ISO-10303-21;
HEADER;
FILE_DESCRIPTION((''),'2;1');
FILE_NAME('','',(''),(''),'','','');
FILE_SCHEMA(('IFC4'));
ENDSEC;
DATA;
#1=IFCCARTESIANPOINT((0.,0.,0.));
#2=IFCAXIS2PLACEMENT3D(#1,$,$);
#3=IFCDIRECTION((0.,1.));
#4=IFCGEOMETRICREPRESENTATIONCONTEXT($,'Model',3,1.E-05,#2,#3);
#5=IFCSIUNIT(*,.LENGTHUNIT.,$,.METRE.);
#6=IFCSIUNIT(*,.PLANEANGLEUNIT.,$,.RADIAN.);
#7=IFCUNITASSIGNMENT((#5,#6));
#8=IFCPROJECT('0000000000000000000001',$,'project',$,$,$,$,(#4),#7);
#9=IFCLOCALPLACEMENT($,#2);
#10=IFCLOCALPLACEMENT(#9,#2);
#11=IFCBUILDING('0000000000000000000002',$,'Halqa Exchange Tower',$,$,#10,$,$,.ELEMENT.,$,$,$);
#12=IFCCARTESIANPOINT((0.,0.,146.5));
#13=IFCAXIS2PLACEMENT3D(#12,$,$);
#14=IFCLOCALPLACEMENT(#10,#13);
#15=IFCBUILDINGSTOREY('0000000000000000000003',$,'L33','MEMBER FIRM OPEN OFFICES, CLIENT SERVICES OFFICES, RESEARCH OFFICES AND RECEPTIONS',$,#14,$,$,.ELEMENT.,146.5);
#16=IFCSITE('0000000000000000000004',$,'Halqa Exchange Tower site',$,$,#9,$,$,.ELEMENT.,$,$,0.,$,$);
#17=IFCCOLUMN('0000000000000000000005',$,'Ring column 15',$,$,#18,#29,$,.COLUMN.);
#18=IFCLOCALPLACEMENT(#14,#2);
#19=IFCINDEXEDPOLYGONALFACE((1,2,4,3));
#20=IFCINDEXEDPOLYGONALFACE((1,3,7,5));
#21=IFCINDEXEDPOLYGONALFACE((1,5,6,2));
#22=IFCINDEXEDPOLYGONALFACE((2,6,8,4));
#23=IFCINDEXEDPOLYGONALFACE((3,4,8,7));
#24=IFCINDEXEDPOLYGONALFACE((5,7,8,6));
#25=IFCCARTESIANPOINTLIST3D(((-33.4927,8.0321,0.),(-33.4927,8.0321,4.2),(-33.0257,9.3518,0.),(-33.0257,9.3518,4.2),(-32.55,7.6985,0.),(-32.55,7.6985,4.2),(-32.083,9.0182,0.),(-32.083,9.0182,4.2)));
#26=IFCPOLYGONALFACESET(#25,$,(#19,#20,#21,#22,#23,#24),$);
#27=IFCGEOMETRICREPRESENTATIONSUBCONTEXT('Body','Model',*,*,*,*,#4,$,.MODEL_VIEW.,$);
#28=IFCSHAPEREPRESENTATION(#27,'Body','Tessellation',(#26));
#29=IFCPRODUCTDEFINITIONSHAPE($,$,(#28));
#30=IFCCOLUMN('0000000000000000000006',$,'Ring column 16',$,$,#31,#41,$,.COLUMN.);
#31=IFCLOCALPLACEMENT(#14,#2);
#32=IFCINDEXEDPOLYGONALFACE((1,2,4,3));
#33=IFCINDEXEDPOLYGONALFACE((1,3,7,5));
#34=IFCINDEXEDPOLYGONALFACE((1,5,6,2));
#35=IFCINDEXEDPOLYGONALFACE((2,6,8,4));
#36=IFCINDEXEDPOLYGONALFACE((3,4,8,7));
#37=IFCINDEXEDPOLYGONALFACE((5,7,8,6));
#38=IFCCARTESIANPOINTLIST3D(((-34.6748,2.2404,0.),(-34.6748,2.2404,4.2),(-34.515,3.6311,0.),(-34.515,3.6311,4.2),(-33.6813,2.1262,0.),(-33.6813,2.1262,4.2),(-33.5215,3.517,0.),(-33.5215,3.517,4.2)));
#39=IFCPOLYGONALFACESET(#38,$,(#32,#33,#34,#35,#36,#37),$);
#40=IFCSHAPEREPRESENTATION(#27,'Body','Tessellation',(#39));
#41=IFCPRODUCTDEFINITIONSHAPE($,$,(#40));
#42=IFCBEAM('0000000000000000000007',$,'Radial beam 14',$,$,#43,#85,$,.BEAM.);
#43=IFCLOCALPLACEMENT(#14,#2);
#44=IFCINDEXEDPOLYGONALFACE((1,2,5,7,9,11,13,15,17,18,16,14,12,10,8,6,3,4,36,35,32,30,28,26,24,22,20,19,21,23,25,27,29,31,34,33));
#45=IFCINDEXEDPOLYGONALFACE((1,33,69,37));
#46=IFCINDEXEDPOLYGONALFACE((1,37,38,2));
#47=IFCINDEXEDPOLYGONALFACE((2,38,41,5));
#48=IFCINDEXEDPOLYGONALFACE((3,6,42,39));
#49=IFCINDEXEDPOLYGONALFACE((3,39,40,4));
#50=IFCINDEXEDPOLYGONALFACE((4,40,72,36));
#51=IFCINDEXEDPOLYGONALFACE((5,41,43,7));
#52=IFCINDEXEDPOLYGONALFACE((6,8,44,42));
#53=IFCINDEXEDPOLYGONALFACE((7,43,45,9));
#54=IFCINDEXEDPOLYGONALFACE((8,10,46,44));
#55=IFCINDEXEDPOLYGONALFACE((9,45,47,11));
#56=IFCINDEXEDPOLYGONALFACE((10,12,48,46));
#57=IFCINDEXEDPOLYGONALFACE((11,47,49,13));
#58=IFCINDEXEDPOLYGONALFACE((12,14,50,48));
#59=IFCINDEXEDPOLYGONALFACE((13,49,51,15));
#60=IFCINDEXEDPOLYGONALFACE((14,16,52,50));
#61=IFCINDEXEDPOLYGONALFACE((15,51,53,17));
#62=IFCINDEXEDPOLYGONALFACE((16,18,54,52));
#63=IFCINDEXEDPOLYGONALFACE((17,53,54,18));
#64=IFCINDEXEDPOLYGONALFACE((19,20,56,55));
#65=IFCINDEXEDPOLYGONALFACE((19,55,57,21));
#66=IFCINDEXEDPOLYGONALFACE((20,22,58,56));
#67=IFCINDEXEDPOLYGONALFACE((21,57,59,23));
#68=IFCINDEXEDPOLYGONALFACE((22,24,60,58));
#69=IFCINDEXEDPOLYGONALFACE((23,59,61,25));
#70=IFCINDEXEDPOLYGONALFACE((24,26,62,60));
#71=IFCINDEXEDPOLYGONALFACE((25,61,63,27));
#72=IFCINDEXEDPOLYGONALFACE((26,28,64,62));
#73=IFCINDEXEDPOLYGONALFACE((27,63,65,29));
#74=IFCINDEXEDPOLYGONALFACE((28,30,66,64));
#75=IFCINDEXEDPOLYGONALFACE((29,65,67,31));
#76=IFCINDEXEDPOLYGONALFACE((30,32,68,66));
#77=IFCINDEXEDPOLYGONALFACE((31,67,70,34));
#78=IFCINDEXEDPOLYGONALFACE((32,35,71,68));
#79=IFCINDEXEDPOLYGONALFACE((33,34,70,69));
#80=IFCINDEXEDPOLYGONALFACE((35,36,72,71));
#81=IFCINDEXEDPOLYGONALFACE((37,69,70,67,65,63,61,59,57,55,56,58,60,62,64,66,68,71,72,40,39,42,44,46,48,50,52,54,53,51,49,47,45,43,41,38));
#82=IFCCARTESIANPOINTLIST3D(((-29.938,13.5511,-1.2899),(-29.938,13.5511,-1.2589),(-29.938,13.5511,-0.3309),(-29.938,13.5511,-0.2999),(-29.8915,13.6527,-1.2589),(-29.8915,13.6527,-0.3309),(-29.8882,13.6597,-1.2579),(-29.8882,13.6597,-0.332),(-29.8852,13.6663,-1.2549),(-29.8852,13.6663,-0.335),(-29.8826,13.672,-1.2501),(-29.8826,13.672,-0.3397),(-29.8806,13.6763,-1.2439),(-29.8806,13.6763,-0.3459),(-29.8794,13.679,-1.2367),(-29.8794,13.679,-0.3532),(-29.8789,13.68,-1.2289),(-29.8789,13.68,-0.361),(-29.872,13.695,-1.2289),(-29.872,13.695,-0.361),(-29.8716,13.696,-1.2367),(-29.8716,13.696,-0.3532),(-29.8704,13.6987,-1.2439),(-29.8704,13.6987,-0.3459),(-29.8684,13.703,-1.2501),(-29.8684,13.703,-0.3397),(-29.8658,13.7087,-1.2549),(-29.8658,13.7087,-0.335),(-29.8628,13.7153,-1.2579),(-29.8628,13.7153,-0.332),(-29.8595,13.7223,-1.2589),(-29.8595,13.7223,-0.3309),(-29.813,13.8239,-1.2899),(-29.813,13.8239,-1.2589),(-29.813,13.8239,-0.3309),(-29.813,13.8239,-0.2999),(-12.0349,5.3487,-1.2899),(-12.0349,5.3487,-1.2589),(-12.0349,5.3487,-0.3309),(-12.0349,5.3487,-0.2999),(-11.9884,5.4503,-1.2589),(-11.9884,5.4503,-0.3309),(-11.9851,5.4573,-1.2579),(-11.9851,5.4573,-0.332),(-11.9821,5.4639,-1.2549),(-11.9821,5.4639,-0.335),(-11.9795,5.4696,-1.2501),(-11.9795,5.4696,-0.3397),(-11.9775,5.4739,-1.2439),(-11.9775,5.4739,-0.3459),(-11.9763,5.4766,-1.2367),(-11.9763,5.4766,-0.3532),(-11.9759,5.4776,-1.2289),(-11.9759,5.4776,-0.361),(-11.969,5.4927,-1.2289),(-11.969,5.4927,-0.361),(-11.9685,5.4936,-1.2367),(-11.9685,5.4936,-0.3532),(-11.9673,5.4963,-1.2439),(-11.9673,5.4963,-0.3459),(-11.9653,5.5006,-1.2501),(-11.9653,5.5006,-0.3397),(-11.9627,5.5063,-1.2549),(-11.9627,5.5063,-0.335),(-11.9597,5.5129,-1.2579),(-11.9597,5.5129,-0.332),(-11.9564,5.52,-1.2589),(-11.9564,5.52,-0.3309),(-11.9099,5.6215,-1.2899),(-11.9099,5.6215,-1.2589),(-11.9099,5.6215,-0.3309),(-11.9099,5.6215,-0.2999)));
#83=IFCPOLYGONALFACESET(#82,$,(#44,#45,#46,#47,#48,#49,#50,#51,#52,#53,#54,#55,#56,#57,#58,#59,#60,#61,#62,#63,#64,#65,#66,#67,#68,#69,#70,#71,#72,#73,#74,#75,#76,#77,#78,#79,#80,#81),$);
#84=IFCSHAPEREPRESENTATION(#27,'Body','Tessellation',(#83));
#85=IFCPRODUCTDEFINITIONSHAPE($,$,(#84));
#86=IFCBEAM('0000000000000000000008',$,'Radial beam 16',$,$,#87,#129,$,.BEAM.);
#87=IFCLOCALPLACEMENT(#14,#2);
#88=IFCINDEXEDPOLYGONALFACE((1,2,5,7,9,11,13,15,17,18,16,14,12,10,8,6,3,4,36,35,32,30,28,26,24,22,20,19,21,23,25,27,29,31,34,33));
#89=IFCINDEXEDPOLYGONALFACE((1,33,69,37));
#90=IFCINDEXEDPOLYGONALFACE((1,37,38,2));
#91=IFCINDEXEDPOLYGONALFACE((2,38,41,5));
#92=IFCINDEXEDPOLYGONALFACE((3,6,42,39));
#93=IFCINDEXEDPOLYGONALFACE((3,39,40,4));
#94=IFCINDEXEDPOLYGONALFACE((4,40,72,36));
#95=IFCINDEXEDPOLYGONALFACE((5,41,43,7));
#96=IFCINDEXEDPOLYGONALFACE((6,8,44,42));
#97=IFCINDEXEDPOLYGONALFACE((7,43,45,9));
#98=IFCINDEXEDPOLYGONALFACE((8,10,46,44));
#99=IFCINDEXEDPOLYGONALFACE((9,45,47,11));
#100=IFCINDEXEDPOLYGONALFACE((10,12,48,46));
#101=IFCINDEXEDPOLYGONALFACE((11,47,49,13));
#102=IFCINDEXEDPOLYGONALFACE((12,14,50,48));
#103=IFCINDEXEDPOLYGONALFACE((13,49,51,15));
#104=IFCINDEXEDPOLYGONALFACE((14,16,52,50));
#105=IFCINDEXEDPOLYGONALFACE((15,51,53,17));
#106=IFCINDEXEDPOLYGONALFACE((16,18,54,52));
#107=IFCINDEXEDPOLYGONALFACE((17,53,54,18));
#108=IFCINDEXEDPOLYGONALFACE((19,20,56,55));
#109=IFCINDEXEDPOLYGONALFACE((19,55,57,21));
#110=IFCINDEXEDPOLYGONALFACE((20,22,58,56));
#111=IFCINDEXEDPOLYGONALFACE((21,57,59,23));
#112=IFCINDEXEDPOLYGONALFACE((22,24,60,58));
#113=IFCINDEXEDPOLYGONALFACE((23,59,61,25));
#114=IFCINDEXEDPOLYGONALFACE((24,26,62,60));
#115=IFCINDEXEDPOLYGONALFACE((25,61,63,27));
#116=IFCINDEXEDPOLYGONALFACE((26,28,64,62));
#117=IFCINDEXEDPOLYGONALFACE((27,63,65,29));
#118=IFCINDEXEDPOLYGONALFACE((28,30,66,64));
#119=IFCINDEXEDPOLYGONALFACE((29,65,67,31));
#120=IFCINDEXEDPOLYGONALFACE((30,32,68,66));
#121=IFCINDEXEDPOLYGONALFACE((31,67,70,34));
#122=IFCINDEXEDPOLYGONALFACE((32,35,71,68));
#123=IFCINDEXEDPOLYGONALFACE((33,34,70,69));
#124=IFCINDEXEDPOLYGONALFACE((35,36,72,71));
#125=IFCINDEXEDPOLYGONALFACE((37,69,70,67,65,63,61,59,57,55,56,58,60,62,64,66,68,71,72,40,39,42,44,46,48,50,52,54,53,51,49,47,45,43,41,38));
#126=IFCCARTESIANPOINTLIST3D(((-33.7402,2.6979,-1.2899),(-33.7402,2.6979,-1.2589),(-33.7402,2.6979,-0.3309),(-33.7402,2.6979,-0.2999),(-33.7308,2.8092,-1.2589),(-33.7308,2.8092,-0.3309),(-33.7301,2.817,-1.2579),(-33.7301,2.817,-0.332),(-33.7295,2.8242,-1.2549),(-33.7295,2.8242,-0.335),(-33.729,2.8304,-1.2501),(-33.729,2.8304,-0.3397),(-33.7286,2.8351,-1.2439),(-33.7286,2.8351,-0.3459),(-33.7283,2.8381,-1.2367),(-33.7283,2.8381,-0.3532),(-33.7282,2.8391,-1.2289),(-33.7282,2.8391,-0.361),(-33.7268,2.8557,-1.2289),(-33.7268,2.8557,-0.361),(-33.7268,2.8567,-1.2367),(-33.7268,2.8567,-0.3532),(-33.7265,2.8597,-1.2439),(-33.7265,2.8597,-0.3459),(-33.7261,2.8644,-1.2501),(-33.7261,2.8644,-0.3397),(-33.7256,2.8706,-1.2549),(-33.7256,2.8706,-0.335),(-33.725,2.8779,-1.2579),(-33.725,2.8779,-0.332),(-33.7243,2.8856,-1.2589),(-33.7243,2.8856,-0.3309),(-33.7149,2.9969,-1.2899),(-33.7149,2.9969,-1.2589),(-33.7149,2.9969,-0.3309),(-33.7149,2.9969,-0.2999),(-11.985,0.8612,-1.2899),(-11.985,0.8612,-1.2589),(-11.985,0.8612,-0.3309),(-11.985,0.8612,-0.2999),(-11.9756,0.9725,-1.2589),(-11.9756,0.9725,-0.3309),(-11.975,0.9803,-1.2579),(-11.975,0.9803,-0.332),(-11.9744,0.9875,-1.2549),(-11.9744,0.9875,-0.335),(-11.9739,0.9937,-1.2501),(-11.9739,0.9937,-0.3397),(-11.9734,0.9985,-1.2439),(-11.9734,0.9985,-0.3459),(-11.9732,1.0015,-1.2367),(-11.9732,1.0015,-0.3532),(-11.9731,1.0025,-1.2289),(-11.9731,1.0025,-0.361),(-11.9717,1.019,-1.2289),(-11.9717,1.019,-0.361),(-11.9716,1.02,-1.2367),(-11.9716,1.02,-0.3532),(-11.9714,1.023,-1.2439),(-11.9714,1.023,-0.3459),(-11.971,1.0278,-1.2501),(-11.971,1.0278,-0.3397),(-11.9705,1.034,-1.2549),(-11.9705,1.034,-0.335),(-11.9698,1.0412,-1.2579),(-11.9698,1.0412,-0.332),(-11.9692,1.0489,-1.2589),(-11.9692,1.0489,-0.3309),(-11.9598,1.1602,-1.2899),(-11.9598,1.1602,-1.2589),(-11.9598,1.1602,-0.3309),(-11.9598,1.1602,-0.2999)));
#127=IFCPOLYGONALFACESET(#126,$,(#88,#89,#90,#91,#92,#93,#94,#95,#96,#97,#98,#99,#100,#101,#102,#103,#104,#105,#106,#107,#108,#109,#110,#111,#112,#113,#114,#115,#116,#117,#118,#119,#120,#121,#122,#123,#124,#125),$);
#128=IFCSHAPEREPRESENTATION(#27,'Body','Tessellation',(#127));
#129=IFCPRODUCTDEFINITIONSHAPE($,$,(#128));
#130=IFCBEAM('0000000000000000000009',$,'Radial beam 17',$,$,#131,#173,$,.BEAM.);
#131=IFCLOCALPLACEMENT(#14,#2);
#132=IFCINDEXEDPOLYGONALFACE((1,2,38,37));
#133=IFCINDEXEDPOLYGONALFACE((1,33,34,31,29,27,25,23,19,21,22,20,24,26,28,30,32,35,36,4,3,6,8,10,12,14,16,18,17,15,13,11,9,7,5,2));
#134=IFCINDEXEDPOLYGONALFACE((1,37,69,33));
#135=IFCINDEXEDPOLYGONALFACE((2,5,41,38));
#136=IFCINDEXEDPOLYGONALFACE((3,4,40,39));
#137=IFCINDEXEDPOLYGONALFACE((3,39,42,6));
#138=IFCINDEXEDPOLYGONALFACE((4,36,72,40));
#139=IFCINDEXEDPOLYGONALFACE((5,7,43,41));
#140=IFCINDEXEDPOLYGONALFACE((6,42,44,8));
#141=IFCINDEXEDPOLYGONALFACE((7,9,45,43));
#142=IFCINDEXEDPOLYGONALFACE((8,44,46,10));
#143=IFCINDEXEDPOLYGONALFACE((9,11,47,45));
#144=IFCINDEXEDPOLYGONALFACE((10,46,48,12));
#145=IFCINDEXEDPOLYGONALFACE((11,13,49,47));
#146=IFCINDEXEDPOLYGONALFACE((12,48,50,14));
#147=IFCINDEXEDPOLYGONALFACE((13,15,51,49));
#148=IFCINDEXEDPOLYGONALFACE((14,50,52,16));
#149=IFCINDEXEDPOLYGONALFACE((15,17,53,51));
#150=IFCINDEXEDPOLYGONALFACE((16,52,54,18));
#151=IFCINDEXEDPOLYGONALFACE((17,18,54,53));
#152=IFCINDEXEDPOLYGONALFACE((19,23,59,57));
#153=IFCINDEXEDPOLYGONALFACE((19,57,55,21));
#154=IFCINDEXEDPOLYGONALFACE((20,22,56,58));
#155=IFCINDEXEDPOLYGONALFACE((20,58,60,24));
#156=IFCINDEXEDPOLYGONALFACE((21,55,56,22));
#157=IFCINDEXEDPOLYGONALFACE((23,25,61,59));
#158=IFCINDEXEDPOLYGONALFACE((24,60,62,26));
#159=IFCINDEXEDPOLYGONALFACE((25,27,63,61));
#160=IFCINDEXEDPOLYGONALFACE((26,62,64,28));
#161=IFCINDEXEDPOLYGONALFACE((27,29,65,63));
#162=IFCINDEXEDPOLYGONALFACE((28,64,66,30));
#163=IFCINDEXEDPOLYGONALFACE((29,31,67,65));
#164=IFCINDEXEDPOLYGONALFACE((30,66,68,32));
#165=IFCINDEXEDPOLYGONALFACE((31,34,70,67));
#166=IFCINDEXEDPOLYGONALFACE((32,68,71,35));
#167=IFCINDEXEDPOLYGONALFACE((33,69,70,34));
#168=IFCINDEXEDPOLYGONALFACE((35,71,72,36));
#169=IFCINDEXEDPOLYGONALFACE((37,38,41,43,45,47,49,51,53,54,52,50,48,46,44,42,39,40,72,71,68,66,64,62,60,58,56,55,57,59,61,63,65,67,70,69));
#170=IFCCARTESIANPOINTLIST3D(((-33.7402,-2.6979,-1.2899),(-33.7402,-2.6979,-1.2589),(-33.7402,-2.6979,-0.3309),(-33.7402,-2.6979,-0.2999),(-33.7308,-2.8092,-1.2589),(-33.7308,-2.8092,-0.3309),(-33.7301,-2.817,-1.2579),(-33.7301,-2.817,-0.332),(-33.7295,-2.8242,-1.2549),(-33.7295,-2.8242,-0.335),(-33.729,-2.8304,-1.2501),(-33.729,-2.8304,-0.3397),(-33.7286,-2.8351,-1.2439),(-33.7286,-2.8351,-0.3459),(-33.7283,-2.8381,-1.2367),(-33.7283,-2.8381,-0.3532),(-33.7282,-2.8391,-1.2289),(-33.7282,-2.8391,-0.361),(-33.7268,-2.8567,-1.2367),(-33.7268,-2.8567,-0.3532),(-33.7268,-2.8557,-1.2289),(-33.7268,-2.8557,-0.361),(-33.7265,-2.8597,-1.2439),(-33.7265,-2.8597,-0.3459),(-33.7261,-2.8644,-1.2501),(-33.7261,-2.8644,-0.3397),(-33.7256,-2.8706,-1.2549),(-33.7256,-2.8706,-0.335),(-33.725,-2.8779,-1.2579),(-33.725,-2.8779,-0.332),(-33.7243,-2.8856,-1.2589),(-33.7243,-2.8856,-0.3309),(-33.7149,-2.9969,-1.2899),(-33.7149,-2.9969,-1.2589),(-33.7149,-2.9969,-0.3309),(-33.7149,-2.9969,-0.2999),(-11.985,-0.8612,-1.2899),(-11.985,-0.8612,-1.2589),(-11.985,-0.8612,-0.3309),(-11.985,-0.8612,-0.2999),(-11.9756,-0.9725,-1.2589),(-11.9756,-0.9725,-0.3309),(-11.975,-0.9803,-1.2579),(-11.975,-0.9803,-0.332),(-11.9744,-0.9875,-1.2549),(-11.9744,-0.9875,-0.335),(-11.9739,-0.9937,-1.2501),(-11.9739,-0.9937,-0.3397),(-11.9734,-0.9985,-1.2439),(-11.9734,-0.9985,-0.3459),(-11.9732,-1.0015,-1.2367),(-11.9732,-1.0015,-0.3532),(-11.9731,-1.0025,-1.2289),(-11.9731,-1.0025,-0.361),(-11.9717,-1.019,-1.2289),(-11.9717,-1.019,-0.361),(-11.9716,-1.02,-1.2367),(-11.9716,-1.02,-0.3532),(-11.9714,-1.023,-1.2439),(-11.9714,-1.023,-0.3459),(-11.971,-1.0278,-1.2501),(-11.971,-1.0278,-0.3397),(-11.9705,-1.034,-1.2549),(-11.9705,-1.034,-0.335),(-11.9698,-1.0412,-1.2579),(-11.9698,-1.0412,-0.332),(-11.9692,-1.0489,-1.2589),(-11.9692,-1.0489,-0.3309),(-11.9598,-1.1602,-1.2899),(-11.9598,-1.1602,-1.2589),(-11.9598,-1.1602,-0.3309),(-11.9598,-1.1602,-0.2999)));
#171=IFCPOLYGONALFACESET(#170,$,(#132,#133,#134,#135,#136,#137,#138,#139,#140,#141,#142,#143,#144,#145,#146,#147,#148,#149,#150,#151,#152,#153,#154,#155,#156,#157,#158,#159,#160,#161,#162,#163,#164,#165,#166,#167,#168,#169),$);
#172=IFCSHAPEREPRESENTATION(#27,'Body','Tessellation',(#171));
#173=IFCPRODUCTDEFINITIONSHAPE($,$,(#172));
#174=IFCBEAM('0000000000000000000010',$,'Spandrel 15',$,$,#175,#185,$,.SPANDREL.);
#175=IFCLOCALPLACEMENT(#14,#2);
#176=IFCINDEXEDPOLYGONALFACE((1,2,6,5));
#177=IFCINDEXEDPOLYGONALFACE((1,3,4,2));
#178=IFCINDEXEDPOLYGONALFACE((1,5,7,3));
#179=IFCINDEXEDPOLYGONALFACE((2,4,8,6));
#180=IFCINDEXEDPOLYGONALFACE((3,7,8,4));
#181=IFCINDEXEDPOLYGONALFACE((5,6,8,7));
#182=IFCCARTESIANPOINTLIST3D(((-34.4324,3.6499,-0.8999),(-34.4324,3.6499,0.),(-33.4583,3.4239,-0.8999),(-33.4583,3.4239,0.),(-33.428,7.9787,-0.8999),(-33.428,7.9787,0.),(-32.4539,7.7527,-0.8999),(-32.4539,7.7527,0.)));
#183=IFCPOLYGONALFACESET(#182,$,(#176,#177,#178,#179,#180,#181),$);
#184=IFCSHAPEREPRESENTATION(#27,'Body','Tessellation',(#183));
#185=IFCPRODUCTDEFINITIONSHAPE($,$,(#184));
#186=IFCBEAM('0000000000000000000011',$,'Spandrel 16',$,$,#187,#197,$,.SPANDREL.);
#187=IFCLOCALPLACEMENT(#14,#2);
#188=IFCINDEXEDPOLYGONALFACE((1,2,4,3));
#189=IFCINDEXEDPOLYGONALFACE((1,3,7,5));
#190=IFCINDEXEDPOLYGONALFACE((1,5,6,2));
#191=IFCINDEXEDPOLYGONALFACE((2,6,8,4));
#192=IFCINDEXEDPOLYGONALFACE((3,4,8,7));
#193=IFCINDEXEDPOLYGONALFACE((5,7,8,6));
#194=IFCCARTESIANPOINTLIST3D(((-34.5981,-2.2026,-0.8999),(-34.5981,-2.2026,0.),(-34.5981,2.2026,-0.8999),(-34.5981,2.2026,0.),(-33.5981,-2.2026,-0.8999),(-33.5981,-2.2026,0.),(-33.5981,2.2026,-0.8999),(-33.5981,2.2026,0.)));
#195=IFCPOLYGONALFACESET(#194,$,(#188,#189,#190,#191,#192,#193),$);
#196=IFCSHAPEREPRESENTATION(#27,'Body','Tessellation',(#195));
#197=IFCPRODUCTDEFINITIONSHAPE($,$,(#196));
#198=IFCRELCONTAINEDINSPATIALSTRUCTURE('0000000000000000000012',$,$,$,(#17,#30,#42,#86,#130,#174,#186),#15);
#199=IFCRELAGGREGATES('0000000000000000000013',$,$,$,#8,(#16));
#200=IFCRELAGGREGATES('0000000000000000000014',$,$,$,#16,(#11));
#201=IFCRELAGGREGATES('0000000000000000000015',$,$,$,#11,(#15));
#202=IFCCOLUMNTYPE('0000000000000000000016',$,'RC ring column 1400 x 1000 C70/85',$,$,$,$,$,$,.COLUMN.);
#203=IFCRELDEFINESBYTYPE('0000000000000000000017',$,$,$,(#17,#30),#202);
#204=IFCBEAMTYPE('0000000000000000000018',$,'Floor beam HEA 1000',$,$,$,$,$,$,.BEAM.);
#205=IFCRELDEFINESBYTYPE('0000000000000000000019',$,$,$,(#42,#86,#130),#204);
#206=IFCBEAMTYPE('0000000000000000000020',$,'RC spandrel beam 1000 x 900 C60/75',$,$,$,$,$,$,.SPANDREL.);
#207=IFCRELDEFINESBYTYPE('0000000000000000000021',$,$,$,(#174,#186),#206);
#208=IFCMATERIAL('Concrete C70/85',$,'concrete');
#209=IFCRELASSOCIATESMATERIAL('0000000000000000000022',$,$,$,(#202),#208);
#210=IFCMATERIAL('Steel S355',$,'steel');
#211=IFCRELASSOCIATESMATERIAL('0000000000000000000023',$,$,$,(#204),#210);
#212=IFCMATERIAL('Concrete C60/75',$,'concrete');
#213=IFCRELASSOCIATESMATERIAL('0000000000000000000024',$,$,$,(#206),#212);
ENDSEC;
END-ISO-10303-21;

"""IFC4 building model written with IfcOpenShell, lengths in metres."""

from ifc_helpers import new_model, si_unit, direction, frame, origin, origin_2d, place, context, subcontext, project, spatial, rectangle, i_section, extrude, material, material_profile, profile_set, type_object, element, save


model = new_model("IFC4")

# Units and contexts
model_context = context("Model", 3, precision=1e-05, world=origin(), true_north=direction((0.0, 1.0)))
body_context = subcontext(model_context, "Body", "Model", "MODEL_VIEW")
ifc_project = project(units=[si_unit("LENGTHUNIT", "METRE"), si_unit("PLANEANGLEUNIT", "RADIAN")], contexts=[model_context])

# Site, building, storey
site_placement = place(None, origin())
site = spatial("IfcSite", under=ifc_project, at=site_placement, Name="Halqa Exchange Tower site", CompositionType="ELEMENT", RefElevation=0.0)
building_placement = place(site_placement, origin())
building = spatial("IfcBuilding", under=site, at=building_placement, Name="Halqa Exchange Tower", CompositionType="ELEMENT")
storey_placement = place(building_placement, frame((0.0, 0.0, 146.5)))
storey = spatial("IfcBuildingStorey", under=building, at=storey_placement, Name="L33", Description="MEMBER FIRM OPEN OFFICES, CLIENT SERVICES OFFICES, RESEARCH OFFICES AND RECEPTIONS", CompositionType="ELEMENT", Elevation=146.5)

# Columns
ifc_material_1 = material(Name="Concrete C70/85", Category="concrete")
ifc_material_profile_1 = material_profile(ifc_material_1, rectangle(XDim=1.3999, YDim=1.0, at=origin_2d()), Name="1400 x 1000")
ifc_profile_set_1 = profile_set([ifc_material_profile_1], Name="Concrete C70/85")
column_type = type_object("IfcColumnType", Name="RC ring column 1400 x 1000 C70/85", PredefinedType="COLUMN", material=ifc_profile_set_1)
for number, where, z_axis, x_axis, name in (
    (1, (-32.7878, 8.5251, 0.0), (0.0, 0.0, 1.0), (-0.333629, -0.942704, 0.0), "Ring column 15"),
    (2, (-34.0981, 2.8787, 0.0), (0.0, 0.0, 1.0), (-0.114159, -0.993463, 0.0), "Ring column 16"),
):
    element("IfcColumn", number, at=place(storey_placement, frame(where, z_axis=z_axis, x_axis=x_axis)), inside=storey, type_object=column_type, Name=name, PredefinedType="COLUMN", context=body_context, shape_type="SweptSolid", body=[
        extrude(rectangle(XDim=1.3999, YDim=1.0, at=origin_2d()), origin(), (0.0, 0.0, 1.0), 4.2),
    ])

# Beams
ifc_material_2 = material(Name="Steel S355", Category="steel")
ifc_material_profile_2 = material_profile(ifc_material_2, i_section(OverallWidth=0.3, OverallDepth=0.99, WebThickness=0.0166, FlangeThickness=0.031, FilletRadius=0.03, at=origin_2d()), Name="HEA 1000")
ifc_profile_set_2 = profile_set([ifc_material_profile_2], Name="Steel S355")
beam_type_1 = type_object("IfcBeamType", Name="Floor beam HEA 1000", PredefinedType="BEAM", material=ifc_profile_set_2)
beam_1_placement = place(storey_placement, frame((-11.9724, 5.4851, -0.7949), z_axis=(-0.909126, 0.416521, 0.0), x_axis=(-0.416521, -0.909126, 0.0)))
element("IfcBeam", 3, at=beam_1_placement, inside=storey, type_object=beam_type_1, Name="Radial beam 14", PredefinedType="BEAM", context=body_context, shape_type="SweptSolid", body=[
    extrude(i_section(OverallWidth=0.3, OverallDepth=0.99, WebThickness=0.0166, FlangeThickness=0.031, FilletRadius=0.03, at=origin_2d()), origin(), (0.0, 0.0, 1.0), 19.6926),
])
for number, where, z_axis, x_axis, name in (
    (4, (-11.9724, 1.0107, -0.7949), (-0.996455, 0.084125, 0.0), (-0.084125, -0.996455, 0.0), "Radial beam 16"),
    (5, (-11.9724, -1.0107, -0.7949), (-0.996455, -0.084125, 0.0), (0.084125, -0.996455, 0.0), "Radial beam 17"),
):
    element("IfcBeam", number, at=place(storey_placement, frame(where, z_axis=z_axis, x_axis=x_axis)), inside=storey, type_object=beam_type_1, Name=name, PredefinedType="BEAM", context=body_context, shape_type="SweptSolid", body=[
        extrude(i_section(OverallWidth=0.3, OverallDepth=0.99, WebThickness=0.0166, FlangeThickness=0.031, FilletRadius=0.03, at=origin_2d()), origin(), (0.0, 0.0, 1.0), 21.8325),
    ])
ifc_material_3 = material(Name="Concrete C60/75", Category="concrete")
ifc_material_profile_3 = material_profile(ifc_material_3, rectangle(XDim=1.0, YDim=0.8999, at=origin_2d()), Name="1000 x 900")
ifc_profile_set_3 = profile_set([ifc_material_profile_3], Name="Concrete C60/75")
beam_type_2 = type_object("IfcBeamType", Name="RC spandrel beam 1000 x 900 C60/75", PredefinedType="SPANDREL", material=ifc_profile_set_3)
beam_2_placement = place(storey_placement, frame((-32.9409, 7.8657, -0.45), z_axis=(-0.226019, -0.974123, 0.0), x_axis=(0.974123, -0.226019, 0.0)))
element("IfcBeam", 6, at=beam_2_placement, inside=storey, type_object=beam_type_2, Name="Spandrel 15", PredefinedType="SPANDREL", context=body_context, shape_type="SweptSolid", body=[
    extrude(rectangle(XDim=1.0, YDim=0.8999, at=origin_2d()), origin(), (0.0, 0.0, 1.0), 4.4438),
])
beam_3_placement = place(storey_placement, frame((-34.0981, 2.2026, -0.45), z_axis=(0.0, -1.0, 0.0), x_axis=(1.0, 0.0, 0.0)))
element("IfcBeam", 7, at=beam_3_placement, inside=storey, type_object=beam_type_2, Name="Spandrel 16", PredefinedType="SPANDREL", context=body_context, shape_type="SweptSolid", body=[
    extrude(rectangle(XDim=1.0, YDim=0.8999, at=origin_2d()), origin(), (0.0, 0.0, 1.0), 4.4053),
])

save(model, "model.ifc")
